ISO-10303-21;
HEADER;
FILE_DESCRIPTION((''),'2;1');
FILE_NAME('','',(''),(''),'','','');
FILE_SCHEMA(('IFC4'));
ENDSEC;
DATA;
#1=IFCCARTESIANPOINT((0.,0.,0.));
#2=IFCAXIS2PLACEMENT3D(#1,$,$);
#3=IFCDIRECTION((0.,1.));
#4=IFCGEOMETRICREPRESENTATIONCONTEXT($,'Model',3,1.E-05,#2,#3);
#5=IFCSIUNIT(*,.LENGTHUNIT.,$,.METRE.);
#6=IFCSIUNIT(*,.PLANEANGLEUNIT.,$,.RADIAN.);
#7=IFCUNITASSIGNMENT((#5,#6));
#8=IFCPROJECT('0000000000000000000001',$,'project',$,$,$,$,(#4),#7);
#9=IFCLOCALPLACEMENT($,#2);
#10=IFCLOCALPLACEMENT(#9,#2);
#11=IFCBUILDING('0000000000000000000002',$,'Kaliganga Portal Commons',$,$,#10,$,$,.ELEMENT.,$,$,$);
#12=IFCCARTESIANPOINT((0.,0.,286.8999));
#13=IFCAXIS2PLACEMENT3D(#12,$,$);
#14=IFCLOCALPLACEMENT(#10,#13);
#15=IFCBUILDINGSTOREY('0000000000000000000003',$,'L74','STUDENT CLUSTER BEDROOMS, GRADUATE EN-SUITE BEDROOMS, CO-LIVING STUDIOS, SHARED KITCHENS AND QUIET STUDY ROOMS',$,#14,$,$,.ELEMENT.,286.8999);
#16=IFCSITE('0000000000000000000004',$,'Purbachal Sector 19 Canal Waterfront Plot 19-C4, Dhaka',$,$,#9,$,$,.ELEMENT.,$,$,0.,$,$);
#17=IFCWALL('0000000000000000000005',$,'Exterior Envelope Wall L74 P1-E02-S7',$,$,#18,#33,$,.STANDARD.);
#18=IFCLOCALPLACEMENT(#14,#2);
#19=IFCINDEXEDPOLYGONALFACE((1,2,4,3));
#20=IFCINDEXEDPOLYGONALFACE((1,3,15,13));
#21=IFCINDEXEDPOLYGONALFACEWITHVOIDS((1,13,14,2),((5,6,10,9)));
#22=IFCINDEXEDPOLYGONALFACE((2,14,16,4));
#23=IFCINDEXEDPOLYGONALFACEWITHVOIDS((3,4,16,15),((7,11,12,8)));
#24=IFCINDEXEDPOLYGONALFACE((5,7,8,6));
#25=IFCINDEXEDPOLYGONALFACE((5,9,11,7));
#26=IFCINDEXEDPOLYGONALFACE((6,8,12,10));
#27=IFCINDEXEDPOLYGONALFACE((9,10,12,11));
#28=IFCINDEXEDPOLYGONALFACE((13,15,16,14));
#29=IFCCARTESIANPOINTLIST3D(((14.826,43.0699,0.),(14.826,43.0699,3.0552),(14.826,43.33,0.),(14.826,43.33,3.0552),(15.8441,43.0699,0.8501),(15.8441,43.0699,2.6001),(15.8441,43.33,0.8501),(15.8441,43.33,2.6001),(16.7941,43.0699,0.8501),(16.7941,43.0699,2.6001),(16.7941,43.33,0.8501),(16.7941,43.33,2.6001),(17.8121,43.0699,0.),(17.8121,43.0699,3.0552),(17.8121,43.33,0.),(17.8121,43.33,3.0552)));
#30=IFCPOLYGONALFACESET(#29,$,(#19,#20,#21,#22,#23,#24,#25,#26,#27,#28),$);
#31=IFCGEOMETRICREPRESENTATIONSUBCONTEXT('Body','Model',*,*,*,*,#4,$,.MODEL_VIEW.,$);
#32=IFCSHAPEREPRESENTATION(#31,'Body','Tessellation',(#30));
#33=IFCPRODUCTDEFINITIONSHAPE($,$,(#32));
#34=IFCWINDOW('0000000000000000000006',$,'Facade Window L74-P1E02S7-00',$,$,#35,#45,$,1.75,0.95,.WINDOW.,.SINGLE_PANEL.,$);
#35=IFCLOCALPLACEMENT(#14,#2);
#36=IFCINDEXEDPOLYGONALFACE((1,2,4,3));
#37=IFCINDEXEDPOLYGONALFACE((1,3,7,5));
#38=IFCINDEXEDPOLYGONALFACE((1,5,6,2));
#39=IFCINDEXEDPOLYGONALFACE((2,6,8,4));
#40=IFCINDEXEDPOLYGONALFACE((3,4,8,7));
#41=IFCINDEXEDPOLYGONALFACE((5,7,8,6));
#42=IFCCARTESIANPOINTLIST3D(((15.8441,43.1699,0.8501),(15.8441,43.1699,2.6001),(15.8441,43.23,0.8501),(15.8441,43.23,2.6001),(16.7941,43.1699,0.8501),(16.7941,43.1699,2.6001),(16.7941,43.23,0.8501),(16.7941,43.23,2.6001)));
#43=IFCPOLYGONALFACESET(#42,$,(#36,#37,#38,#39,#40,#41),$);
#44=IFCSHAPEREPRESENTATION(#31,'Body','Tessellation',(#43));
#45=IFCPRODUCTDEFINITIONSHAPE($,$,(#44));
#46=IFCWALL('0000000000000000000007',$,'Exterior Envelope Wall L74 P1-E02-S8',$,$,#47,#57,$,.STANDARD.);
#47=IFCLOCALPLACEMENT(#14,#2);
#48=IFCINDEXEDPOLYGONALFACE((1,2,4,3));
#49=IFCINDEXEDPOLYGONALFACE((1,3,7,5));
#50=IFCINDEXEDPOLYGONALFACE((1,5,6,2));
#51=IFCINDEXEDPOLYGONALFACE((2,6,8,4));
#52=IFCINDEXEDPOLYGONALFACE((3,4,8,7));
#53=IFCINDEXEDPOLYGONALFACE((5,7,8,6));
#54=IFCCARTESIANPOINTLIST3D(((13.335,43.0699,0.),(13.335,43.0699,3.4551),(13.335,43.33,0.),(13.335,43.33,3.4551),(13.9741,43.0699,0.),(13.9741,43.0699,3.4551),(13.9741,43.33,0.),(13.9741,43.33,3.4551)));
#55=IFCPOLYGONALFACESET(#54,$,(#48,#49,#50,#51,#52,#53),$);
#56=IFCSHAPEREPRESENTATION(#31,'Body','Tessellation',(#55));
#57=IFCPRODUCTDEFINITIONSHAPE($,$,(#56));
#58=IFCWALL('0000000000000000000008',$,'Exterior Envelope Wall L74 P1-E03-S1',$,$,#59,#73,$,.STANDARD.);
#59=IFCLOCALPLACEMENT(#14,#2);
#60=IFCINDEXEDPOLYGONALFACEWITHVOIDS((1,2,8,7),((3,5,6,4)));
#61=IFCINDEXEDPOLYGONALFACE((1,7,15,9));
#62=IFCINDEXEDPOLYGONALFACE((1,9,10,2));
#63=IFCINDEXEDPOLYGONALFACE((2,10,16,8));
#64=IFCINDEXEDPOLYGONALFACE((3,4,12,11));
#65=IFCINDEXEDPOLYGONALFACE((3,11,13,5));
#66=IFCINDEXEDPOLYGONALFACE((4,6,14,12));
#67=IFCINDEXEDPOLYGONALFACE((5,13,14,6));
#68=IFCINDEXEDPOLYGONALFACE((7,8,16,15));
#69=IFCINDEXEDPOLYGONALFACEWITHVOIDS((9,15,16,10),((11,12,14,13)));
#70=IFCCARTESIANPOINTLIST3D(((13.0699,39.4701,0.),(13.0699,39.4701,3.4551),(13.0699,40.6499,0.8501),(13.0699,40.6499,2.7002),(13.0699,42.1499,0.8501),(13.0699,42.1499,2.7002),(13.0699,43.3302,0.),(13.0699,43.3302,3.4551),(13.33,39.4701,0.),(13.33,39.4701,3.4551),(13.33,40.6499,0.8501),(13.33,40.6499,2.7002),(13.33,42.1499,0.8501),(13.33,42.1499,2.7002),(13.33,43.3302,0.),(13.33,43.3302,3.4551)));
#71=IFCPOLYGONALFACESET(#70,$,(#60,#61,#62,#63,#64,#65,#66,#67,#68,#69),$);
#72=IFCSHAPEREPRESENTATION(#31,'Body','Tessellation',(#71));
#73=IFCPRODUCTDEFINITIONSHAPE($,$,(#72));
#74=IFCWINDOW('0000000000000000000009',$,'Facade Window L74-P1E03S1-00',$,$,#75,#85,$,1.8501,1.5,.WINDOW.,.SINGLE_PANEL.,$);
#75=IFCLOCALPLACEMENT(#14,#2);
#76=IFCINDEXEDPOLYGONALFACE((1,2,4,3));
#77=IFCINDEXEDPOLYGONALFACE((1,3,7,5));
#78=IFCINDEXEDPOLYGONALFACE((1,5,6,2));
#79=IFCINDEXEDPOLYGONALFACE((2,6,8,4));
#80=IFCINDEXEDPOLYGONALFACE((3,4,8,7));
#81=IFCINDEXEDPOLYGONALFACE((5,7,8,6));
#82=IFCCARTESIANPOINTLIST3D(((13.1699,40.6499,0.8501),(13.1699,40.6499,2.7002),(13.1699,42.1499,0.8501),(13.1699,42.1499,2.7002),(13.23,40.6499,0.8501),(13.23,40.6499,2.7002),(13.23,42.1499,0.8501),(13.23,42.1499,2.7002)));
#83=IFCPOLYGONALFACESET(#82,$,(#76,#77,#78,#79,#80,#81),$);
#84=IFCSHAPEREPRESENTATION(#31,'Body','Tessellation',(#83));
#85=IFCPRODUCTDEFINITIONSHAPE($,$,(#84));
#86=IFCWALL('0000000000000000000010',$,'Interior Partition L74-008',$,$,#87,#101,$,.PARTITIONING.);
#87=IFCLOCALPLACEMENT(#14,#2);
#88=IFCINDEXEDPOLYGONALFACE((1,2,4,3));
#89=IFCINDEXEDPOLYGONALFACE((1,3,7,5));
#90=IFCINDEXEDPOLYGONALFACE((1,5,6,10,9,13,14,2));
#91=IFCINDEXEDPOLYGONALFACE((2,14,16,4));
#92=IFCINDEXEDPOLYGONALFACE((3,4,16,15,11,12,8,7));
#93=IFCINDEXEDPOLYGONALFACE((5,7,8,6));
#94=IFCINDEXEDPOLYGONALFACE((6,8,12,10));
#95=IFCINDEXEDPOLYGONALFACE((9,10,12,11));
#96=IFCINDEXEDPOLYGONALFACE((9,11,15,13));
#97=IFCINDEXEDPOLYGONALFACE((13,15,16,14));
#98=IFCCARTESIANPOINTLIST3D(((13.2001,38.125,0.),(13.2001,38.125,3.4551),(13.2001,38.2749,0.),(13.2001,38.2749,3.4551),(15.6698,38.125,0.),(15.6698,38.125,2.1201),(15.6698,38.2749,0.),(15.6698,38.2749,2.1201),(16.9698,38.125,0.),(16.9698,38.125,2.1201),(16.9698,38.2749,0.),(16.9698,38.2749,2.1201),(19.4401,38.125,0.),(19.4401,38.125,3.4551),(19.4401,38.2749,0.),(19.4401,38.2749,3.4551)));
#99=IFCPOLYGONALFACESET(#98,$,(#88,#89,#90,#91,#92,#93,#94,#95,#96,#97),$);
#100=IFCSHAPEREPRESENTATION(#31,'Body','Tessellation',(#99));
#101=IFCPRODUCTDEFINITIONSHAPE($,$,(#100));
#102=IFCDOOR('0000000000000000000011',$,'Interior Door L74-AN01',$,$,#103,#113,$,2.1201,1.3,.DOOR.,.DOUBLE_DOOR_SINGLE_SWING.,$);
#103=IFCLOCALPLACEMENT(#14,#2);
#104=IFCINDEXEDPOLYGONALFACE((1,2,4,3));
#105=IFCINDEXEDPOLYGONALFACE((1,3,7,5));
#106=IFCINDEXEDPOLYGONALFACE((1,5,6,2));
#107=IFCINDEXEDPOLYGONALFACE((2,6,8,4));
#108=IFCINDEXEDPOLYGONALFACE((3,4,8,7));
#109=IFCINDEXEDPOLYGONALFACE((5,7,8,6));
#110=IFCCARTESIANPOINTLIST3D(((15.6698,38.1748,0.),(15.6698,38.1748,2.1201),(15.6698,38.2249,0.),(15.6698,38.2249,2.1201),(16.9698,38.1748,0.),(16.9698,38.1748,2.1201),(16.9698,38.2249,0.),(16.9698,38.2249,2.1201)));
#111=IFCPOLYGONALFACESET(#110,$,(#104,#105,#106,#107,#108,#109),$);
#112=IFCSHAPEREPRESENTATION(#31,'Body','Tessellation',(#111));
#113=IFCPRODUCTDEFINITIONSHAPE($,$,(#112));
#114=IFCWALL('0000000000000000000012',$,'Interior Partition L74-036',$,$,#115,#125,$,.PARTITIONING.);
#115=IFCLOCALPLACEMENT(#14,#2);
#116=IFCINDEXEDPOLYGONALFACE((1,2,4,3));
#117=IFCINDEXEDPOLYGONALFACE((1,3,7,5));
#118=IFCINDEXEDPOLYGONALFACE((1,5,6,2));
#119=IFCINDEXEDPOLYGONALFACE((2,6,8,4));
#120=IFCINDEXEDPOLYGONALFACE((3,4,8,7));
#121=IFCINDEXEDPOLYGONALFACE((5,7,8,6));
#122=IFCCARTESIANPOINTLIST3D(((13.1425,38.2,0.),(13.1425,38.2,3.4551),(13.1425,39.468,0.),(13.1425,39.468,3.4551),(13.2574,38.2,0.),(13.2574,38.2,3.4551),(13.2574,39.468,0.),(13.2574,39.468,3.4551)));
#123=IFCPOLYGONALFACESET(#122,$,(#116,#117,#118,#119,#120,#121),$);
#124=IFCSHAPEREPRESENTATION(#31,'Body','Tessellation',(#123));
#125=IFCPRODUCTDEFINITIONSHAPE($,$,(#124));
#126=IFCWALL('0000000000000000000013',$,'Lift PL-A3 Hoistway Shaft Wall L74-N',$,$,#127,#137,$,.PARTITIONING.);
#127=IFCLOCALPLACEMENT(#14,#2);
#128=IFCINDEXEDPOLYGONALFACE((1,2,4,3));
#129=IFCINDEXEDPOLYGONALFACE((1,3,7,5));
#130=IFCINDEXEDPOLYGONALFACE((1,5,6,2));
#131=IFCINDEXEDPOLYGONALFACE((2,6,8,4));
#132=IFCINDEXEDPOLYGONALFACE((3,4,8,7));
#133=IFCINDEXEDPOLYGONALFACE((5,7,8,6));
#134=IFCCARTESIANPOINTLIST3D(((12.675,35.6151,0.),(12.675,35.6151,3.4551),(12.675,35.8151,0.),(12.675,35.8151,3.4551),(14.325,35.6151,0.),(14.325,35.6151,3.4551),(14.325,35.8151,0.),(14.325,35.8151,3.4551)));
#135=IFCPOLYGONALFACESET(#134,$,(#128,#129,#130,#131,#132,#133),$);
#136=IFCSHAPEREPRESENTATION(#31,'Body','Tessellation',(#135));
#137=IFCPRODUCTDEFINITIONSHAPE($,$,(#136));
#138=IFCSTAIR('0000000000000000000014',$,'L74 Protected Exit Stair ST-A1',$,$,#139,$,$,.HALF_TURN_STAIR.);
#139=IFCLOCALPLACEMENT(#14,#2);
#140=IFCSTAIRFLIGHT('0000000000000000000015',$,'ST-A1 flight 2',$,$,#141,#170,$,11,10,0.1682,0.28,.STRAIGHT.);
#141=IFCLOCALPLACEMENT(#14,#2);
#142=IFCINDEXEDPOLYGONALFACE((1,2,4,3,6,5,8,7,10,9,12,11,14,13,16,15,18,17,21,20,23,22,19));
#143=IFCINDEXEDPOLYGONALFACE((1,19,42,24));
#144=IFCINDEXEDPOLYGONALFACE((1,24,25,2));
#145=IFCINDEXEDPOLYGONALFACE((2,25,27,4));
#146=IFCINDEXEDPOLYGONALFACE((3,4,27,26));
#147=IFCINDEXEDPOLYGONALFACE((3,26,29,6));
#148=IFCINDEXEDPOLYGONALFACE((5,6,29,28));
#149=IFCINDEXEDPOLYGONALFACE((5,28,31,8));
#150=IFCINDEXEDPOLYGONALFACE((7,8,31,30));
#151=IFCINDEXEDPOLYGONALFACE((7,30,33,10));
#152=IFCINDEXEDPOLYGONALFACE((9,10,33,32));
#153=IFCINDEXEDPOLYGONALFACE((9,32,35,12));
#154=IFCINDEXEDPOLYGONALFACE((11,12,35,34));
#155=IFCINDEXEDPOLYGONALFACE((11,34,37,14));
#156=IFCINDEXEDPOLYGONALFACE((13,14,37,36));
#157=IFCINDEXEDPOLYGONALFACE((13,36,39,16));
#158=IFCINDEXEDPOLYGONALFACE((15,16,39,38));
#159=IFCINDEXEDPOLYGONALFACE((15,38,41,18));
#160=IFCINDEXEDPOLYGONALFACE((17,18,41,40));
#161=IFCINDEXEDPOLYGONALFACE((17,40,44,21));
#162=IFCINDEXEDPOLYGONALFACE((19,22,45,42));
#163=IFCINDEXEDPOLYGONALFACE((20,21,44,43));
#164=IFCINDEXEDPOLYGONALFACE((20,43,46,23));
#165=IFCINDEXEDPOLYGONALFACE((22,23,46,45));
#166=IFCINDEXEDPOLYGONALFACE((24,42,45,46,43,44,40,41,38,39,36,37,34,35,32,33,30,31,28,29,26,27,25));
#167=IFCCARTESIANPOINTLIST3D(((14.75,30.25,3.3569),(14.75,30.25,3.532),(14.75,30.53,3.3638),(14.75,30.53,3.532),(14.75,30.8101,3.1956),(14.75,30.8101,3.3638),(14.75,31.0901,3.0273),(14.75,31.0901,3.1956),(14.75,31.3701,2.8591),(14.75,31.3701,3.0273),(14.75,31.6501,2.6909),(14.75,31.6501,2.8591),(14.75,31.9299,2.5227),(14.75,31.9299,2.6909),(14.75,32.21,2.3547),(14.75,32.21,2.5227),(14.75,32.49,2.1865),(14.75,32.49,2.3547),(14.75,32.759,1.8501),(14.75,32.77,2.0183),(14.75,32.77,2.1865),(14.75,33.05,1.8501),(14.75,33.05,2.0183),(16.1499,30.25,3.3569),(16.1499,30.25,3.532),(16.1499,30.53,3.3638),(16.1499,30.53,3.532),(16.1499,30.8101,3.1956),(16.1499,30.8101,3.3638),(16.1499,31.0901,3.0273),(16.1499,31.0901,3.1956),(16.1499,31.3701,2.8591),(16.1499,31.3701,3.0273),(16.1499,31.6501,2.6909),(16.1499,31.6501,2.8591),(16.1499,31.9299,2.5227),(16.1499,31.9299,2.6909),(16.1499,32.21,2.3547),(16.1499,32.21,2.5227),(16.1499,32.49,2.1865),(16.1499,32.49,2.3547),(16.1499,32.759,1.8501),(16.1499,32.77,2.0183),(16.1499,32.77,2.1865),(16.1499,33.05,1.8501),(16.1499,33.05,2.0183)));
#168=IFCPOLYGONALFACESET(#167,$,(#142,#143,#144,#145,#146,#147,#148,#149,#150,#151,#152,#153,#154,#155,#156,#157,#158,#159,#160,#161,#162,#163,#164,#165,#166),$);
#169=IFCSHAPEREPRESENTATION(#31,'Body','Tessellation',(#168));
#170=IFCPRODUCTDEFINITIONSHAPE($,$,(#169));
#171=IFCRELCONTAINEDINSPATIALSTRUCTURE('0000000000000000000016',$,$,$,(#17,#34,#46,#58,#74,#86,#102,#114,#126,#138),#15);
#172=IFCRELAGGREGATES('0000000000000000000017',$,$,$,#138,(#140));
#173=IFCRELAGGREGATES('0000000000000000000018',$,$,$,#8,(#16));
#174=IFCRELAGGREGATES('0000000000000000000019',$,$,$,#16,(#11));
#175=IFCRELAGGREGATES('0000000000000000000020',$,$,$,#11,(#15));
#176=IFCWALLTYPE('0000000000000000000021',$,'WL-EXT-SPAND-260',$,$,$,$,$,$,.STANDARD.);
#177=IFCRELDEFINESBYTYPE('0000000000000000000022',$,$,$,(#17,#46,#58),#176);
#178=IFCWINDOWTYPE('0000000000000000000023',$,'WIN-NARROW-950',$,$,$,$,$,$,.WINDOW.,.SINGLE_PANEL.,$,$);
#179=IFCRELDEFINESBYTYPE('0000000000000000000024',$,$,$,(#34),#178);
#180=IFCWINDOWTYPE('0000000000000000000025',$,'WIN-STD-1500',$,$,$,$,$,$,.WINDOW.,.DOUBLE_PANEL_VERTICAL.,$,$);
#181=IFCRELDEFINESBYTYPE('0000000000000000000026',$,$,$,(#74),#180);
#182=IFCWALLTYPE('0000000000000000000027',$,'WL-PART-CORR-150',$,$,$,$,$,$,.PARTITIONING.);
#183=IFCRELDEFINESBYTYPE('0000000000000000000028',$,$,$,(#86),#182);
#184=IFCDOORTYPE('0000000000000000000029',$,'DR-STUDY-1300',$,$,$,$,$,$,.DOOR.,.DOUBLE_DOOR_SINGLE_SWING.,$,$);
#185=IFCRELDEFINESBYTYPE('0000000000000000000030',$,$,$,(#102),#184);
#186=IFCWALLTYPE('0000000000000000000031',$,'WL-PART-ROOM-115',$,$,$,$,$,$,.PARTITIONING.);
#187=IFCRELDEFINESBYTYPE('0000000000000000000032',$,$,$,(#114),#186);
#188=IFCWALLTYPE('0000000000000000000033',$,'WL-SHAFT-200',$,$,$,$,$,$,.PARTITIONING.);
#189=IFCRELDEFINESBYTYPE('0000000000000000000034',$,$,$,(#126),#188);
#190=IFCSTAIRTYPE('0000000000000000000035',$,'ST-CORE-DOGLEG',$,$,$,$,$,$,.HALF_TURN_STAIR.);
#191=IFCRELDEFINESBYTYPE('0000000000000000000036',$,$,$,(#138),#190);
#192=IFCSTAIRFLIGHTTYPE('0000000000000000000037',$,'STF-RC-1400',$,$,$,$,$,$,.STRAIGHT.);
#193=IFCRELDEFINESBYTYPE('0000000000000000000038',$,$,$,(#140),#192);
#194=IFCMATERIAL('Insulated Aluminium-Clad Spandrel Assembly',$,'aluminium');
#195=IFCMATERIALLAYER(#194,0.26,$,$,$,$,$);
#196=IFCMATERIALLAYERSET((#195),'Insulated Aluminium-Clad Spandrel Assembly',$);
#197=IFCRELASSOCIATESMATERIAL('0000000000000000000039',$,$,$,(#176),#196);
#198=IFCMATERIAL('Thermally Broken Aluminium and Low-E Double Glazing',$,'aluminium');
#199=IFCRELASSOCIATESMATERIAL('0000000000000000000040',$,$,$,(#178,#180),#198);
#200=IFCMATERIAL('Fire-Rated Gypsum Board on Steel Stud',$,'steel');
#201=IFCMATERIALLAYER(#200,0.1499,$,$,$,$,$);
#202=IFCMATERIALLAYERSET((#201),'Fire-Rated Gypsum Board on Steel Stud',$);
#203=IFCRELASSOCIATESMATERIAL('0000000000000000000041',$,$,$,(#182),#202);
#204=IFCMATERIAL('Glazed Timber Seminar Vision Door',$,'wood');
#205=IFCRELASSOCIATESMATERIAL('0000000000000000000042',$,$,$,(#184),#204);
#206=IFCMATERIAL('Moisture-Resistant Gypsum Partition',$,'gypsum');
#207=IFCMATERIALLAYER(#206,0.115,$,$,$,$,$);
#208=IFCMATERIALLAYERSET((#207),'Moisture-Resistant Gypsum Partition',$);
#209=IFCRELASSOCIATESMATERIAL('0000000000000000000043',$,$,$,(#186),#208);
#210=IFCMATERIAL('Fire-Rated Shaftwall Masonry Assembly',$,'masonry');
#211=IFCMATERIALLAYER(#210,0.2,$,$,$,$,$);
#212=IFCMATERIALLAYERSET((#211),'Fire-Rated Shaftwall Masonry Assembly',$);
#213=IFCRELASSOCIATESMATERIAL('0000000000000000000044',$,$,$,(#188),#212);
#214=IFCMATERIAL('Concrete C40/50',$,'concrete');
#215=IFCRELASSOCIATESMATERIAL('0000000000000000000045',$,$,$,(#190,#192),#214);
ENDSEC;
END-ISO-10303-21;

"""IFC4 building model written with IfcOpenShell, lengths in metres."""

from ifc_helpers import new_model, si_unit, direction, frame, frame_2d, origin, place, context, subcontext, project, spatial, polyline, rectangle, outline, extrude, material, layer, layer_set, type_object, element, fill, aggregate, save


model = new_model("IFC4")

# Units and contexts
model_context = context("Model", 3, precision=1e-05, world=origin(), true_north=direction((0.0, 1.0)))
body_context = subcontext(model_context, "Body", "Model", "MODEL_VIEW")
ifc_project = project(units=[si_unit("LENGTHUNIT", "METRE"), si_unit("PLANEANGLEUNIT", "RADIAN")], contexts=[model_context])

# Site, building, storey
site_placement = place(None, origin())
site = spatial("IfcSite", under=ifc_project, at=site_placement, Name="Purbachal Sector 19 Canal Waterfront Plot 19-C4, Dhaka", CompositionType="ELEMENT", RefElevation=0.0)
building_placement = place(site_placement, origin())
building = spatial("IfcBuilding", under=site, at=building_placement, Name="Kaliganga Portal Commons", CompositionType="ELEMENT")
storey_placement = place(building_placement, frame((0.0, 0.0, 286.8999)))
storey = spatial("IfcBuildingStorey", under=building, at=storey_placement, Name="L74", Description="STUDENT CLUSTER BEDROOMS, GRADUATE EN-SUITE BEDROOMS, CO-LIVING STUDIOS, SHARED KITCHENS AND QUIET STUDY ROOMS", CompositionType="ELEMENT", Elevation=286.8999)

# Wall, opening, window
ifc_material_1 = material(Name="Insulated Aluminium-Clad Spandrel Assembly", Category="aluminium")
ifc_layer_1 = layer(ifc_material_1, 0.26)
ifc_layer_set_1 = layer_set([ifc_layer_1], Name="Insulated Aluminium-Clad Spandrel Assembly")
wall_type_1 = type_object("IfcWallType", Name="WL-EXT-SPAND-260", PredefinedType="STANDARD", material=ifc_layer_set_1)
wall_1_placement = place(storey_placement, frame((14.8259, 43.2, 0.0), z_axis=(0.0, 0.0, 1.0), x_axis=(1.0, 0.0, 0.0)))
wall_1 = element("IfcWall", 1, at=wall_1_placement, inside=storey, type_object=wall_type_1, Name="Exterior Envelope Wall L74 P1-E02-S7", PredefinedType="STANDARD", context=body_context, shape_type="SweptSolid", body=[
    extrude(rectangle(XDim=2.9861, YDim=0.26, at=frame_2d((1.4932, 0.0))), origin(), (0.0, 0.0, 1.0), 3.0552),
])
opening_1_placement = place(wall_1_placement, frame((1.0181, 0.0, 0.8501)))
opening_1 = element("IfcOpeningElement", 2, at=opening_1_placement, cuts=wall_1, PredefinedType="OPENING", context=body_context, shape_type="SweptSolid", body=[
    extrude(rectangle(XDim=0.95, YDim=1.75, at=frame_2d((0.4751, 0.875))), frame((0.0, 0.1401, 0.0), z_axis=(0.0, -1.0, 0.0), x_axis=(1.0, 0.0, 0.0)), (0.0, 0.0, 1.0), 0.28),
])
ifc_material_2 = material(Name="Thermally Broken Aluminium and Low-E Double Glazing", Category="aluminium")
window_type_1 = type_object("IfcWindowType", Name="WIN-NARROW-950", PartitioningType="SINGLE_PANEL", PredefinedType="WINDOW", material=ifc_material_2)
window_1_placement = place(opening_1_placement, origin())
window_1 = element("IfcWindow", 3, at=window_1_placement, inside=storey, type_object=window_type_1, Name="Facade Window L74-P1E02S7-00", OverallHeight=1.75, OverallWidth=0.95, PartitioningType="SINGLE_PANEL", PredefinedType="WINDOW", context=body_context, shape_type="SweptSolid", body=[
    extrude(rectangle(XDim=0.95, YDim=1.75, at=frame_2d((0.4751, 0.875))), frame((0.0, 0.03, 0.0), z_axis=(0.0, -1.0, 0.0), x_axis=(1.0, 0.0, 0.0)), (0.0, 0.0, 1.0), 0.0601),
])
fill(opening_1, window_1)

# Wall
wall_2_placement = place(storey_placement, frame((13.335, 43.2, 0.0), z_axis=(0.0, 0.0, 1.0), x_axis=(1.0, 0.0, 0.0)))
element("IfcWall", 4, at=wall_2_placement, inside=storey, type_object=wall_type_1, Name="Exterior Envelope Wall L74 P1-E02-S8", PredefinedType="STANDARD", context=body_context, shape_type="SweptSolid", body=[
    extrude(rectangle(XDim=0.6392, YDim=0.26, at=frame_2d((0.3196, 0.0))), origin(), (0.0, 0.0, 1.0), 3.4551),
])

# Wall, opening, window
wall_3_placement = place(storey_placement, frame((13.2, 39.47, 0.0), z_axis=(0.0, 0.0, 1.0), x_axis=(0.0, 1.0, 0.0)))
wall_3 = element("IfcWall", 5, at=wall_3_placement, inside=storey, type_object=wall_type_1, Name="Exterior Envelope Wall L74 P1-E03-S1", PredefinedType="STANDARD", context=body_context, shape_type="SweptSolid", body=[
    extrude(rectangle(XDim=3.8601, YDim=0.26, at=frame_2d((1.9302, 0.0))), origin(), (0.0, 0.0, 1.0), 3.4551),
])
opening_2_placement = place(wall_3_placement, frame((1.1799, 0.0, 0.8501)))
opening_2 = element("IfcOpeningElement", 6, at=opening_2_placement, cuts=wall_3, PredefinedType="OPENING", context=body_context, shape_type="SweptSolid", body=[
    extrude(rectangle(XDim=1.5, YDim=1.8501, at=frame_2d((0.75, 0.925))), frame((0.0, 0.1401, 0.0), z_axis=(0.0, -1.0, 0.0), x_axis=(1.0, 0.0, 0.0)), (0.0, 0.0, 1.0), 0.28),
])
window_type_2 = type_object("IfcWindowType", Name="WIN-STD-1500", PartitioningType="DOUBLE_PANEL_VERTICAL", PredefinedType="WINDOW", material=ifc_material_2)
window_2_placement = place(opening_2_placement, origin())
window_2 = element("IfcWindow", 7, at=window_2_placement, inside=storey, type_object=window_type_2, Name="Facade Window L74-P1E03S1-00", OverallHeight=1.8501, OverallWidth=1.5, PartitioningType="SINGLE_PANEL", PredefinedType="WINDOW", context=body_context, shape_type="SweptSolid", body=[
    extrude(rectangle(XDim=1.5, YDim=1.8501, at=frame_2d((0.75, 0.925))), frame((0.0, 0.03, 0.0), z_axis=(0.0, -1.0, 0.0), x_axis=(1.0, 0.0, 0.0)), (0.0, 0.0, 1.0), 0.0601),
])
fill(opening_2, window_2)

# Wall, opening, door
ifc_material_3 = material(Name="Fire-Rated Gypsum Board on Steel Stud", Category="steel")
ifc_layer_2 = layer(ifc_material_3, 0.1499)
ifc_layer_set_2 = layer_set([ifc_layer_2], Name="Fire-Rated Gypsum Board on Steel Stud")
wall_type_2 = type_object("IfcWallType", Name="WL-PART-CORR-150", PredefinedType="PARTITIONING", material=ifc_layer_set_2)
wall_4_placement = place(storey_placement, frame((13.2, 38.2, 0.0), z_axis=(0.0, 0.0, 1.0), x_axis=(1.0, 0.0, 0.0)))
wall_4 = element("IfcWall", 8, at=wall_4_placement, inside=storey, type_object=wall_type_2, Name="Interior Partition L74-008", PredefinedType="PARTITIONING", context=body_context, shape_type="SweptSolid", body=[
    extrude(rectangle(XDim=6.24, YDim=0.1499, at=frame_2d((3.1201, 0.0))), origin(), (0.0, 0.0, 1.0), 3.4551),
])
opening_3_placement = place(wall_4_placement, frame((2.47, 0.0, 0.0)))
opening_3 = element("IfcOpeningElement", 9, at=opening_3_placement, cuts=wall_4, PredefinedType="OPENING", context=body_context, shape_type="SweptSolid", body=[
    extrude(rectangle(XDim=1.3, YDim=2.1201, at=frame_2d((0.6499, 1.0601))), frame((0.0, 0.085, 0.0), z_axis=(0.0, -1.0, 0.0), x_axis=(1.0, 0.0, 0.0)), (0.0, 0.0, 1.0), 0.1699),
])
ifc_material_4 = material(Name="Glazed Timber Seminar Vision Door", Category="wood")
door_type = type_object("IfcDoorType", Name="DR-STUDY-1300", OperationType="DOUBLE_DOOR_SINGLE_SWING", PredefinedType="DOOR", material=ifc_material_4)
door_placement = place(opening_3_placement, origin())
door = element("IfcDoor", 10, at=door_placement, inside=storey, type_object=door_type, Name="Interior Door L74-AN01", OperationType="DOUBLE_DOOR_SINGLE_SWING", OverallHeight=2.1201, OverallWidth=1.3, PredefinedType="DOOR", context=body_context, shape_type="SweptSolid", body=[
    extrude(rectangle(XDim=1.3, YDim=2.1201, at=frame_2d((0.6499, 1.0601))), frame((0.0, 0.0249, 0.0), z_axis=(0.0, -1.0, 0.0), x_axis=(1.0, 0.0, 0.0)), (0.0, 0.0, 1.0), 0.05),
])
fill(opening_3, door)

# Walls
ifc_material_5 = material(Name="Moisture-Resistant Gypsum Partition", Category="gypsum")
ifc_layer_3 = layer(ifc_material_5, 0.115)
ifc_layer_set_3 = layer_set([ifc_layer_3], Name="Moisture-Resistant Gypsum Partition")
wall_type_3 = type_object("IfcWallType", Name="WL-PART-ROOM-115", PredefinedType="PARTITIONING", material=ifc_layer_set_3)
wall_5_placement = place(storey_placement, frame((13.2, 38.2, 0.0), z_axis=(0.0, 0.0, 1.0), x_axis=(0.0, 1.0, 0.0)))
element("IfcWall", 11, at=wall_5_placement, inside=storey, type_object=wall_type_3, Name="Interior Partition L74-036", PredefinedType="PARTITIONING", context=body_context, shape_type="SweptSolid", body=[
    extrude(rectangle(XDim=1.2681, YDim=0.115, at=frame_2d((0.634, 0.0))), origin(), (0.0, 0.0, 1.0), 3.4551),
])
ifc_material_6 = material(Name="Fire-Rated Shaftwall Masonry Assembly", Category="masonry")
ifc_layer_4 = layer(ifc_material_6, 0.2)
ifc_layer_set_4 = layer_set([ifc_layer_4], Name="Fire-Rated Shaftwall Masonry Assembly")
wall_type_4 = type_object("IfcWallType", Name="WL-SHAFT-200", PredefinedType="PARTITIONING", material=ifc_layer_set_4)
wall_6_placement = place(storey_placement, frame((12.675, 35.7151, 0.0), z_axis=(0.0, 0.0, 1.0), x_axis=(1.0, 0.0, 0.0)))
element("IfcWall", 12, at=wall_6_placement, inside=storey, type_object=wall_type_4, Name="Lift PL-A3 Hoistway Shaft Wall L74-N", PredefinedType="PARTITIONING", context=body_context, shape_type="SweptSolid", body=[
    extrude(rectangle(XDim=1.6499, YDim=0.2, at=frame_2d((0.825, 0.0))), origin(), (0.0, 0.0, 1.0), 3.4551),
])

# Stair, stair flight
ifc_material_7 = material(Name="Concrete C40/50", Category="concrete")
stair_type = type_object("IfcStairType", Name="ST-CORE-DOGLEG", PredefinedType="HALF_TURN_STAIR", material=ifc_material_7)
stair_placement = place(storey_placement, origin())
stair = element("IfcStair", 13, at=stair_placement, inside=storey, type_object=stair_type, Name="L74 Protected Exit Stair ST-A1", PredefinedType="HALF_TURN_STAIR")
stair_flight_type = type_object("IfcStairFlightType", Name="STF-RC-1400", PredefinedType="STRAIGHT", material=ifc_material_7)
stair_flight_placement = place(storey_placement, frame((15.45, 33.05, 1.8501), z_axis=(0.0, 0.0, 1.0), x_axis=(0.0, -1.0, 0.0)))
stair_flight = element("IfcStairFlight", 14, at=stair_flight_placement, type_object=stair_flight_type, Name="ST-A1 flight 2", NumberOfRisers=11, NumberOfTreads=10, PredefinedType="STRAIGHT", RiserHeight=0.1682, TreadLength=0.28, context=body_context, shape_type="SweptSolid", body=[
    extrude(outline(polyline([(0.0, 0.0), (0.0, 0.1682), (0.28, 0.1682), (0.28, 0.3364), (0.5601, 0.3364), (0.5601, 0.5046), (0.8401, 0.5046), (0.8401, 0.6726), (1.1201, 0.6726), (1.1201, 0.8408), (1.3999, 0.8408), (1.3999, 1.009), (1.6799, 1.009), (1.6799, 1.1772), (1.96, 1.1772), (1.96, 1.3455), (2.24, 1.3455), (2.24, 1.5137), (2.52, 1.5137), (2.52, 1.6819), (2.8, 1.6819), (2.8, 1.8501), (2.8, 1.5068), (0.291, 0.0), (0.0, 0.0)])), frame((0.0, 0.7, 0.0), z_axis=(0.0, -1.0, 0.0), x_axis=(1.0, 0.0, 0.0)), (0.0, 0.0, 1.0), 1.3999),
])
aggregate(stair, [stair_flight])

save(model, "model.ifc")
